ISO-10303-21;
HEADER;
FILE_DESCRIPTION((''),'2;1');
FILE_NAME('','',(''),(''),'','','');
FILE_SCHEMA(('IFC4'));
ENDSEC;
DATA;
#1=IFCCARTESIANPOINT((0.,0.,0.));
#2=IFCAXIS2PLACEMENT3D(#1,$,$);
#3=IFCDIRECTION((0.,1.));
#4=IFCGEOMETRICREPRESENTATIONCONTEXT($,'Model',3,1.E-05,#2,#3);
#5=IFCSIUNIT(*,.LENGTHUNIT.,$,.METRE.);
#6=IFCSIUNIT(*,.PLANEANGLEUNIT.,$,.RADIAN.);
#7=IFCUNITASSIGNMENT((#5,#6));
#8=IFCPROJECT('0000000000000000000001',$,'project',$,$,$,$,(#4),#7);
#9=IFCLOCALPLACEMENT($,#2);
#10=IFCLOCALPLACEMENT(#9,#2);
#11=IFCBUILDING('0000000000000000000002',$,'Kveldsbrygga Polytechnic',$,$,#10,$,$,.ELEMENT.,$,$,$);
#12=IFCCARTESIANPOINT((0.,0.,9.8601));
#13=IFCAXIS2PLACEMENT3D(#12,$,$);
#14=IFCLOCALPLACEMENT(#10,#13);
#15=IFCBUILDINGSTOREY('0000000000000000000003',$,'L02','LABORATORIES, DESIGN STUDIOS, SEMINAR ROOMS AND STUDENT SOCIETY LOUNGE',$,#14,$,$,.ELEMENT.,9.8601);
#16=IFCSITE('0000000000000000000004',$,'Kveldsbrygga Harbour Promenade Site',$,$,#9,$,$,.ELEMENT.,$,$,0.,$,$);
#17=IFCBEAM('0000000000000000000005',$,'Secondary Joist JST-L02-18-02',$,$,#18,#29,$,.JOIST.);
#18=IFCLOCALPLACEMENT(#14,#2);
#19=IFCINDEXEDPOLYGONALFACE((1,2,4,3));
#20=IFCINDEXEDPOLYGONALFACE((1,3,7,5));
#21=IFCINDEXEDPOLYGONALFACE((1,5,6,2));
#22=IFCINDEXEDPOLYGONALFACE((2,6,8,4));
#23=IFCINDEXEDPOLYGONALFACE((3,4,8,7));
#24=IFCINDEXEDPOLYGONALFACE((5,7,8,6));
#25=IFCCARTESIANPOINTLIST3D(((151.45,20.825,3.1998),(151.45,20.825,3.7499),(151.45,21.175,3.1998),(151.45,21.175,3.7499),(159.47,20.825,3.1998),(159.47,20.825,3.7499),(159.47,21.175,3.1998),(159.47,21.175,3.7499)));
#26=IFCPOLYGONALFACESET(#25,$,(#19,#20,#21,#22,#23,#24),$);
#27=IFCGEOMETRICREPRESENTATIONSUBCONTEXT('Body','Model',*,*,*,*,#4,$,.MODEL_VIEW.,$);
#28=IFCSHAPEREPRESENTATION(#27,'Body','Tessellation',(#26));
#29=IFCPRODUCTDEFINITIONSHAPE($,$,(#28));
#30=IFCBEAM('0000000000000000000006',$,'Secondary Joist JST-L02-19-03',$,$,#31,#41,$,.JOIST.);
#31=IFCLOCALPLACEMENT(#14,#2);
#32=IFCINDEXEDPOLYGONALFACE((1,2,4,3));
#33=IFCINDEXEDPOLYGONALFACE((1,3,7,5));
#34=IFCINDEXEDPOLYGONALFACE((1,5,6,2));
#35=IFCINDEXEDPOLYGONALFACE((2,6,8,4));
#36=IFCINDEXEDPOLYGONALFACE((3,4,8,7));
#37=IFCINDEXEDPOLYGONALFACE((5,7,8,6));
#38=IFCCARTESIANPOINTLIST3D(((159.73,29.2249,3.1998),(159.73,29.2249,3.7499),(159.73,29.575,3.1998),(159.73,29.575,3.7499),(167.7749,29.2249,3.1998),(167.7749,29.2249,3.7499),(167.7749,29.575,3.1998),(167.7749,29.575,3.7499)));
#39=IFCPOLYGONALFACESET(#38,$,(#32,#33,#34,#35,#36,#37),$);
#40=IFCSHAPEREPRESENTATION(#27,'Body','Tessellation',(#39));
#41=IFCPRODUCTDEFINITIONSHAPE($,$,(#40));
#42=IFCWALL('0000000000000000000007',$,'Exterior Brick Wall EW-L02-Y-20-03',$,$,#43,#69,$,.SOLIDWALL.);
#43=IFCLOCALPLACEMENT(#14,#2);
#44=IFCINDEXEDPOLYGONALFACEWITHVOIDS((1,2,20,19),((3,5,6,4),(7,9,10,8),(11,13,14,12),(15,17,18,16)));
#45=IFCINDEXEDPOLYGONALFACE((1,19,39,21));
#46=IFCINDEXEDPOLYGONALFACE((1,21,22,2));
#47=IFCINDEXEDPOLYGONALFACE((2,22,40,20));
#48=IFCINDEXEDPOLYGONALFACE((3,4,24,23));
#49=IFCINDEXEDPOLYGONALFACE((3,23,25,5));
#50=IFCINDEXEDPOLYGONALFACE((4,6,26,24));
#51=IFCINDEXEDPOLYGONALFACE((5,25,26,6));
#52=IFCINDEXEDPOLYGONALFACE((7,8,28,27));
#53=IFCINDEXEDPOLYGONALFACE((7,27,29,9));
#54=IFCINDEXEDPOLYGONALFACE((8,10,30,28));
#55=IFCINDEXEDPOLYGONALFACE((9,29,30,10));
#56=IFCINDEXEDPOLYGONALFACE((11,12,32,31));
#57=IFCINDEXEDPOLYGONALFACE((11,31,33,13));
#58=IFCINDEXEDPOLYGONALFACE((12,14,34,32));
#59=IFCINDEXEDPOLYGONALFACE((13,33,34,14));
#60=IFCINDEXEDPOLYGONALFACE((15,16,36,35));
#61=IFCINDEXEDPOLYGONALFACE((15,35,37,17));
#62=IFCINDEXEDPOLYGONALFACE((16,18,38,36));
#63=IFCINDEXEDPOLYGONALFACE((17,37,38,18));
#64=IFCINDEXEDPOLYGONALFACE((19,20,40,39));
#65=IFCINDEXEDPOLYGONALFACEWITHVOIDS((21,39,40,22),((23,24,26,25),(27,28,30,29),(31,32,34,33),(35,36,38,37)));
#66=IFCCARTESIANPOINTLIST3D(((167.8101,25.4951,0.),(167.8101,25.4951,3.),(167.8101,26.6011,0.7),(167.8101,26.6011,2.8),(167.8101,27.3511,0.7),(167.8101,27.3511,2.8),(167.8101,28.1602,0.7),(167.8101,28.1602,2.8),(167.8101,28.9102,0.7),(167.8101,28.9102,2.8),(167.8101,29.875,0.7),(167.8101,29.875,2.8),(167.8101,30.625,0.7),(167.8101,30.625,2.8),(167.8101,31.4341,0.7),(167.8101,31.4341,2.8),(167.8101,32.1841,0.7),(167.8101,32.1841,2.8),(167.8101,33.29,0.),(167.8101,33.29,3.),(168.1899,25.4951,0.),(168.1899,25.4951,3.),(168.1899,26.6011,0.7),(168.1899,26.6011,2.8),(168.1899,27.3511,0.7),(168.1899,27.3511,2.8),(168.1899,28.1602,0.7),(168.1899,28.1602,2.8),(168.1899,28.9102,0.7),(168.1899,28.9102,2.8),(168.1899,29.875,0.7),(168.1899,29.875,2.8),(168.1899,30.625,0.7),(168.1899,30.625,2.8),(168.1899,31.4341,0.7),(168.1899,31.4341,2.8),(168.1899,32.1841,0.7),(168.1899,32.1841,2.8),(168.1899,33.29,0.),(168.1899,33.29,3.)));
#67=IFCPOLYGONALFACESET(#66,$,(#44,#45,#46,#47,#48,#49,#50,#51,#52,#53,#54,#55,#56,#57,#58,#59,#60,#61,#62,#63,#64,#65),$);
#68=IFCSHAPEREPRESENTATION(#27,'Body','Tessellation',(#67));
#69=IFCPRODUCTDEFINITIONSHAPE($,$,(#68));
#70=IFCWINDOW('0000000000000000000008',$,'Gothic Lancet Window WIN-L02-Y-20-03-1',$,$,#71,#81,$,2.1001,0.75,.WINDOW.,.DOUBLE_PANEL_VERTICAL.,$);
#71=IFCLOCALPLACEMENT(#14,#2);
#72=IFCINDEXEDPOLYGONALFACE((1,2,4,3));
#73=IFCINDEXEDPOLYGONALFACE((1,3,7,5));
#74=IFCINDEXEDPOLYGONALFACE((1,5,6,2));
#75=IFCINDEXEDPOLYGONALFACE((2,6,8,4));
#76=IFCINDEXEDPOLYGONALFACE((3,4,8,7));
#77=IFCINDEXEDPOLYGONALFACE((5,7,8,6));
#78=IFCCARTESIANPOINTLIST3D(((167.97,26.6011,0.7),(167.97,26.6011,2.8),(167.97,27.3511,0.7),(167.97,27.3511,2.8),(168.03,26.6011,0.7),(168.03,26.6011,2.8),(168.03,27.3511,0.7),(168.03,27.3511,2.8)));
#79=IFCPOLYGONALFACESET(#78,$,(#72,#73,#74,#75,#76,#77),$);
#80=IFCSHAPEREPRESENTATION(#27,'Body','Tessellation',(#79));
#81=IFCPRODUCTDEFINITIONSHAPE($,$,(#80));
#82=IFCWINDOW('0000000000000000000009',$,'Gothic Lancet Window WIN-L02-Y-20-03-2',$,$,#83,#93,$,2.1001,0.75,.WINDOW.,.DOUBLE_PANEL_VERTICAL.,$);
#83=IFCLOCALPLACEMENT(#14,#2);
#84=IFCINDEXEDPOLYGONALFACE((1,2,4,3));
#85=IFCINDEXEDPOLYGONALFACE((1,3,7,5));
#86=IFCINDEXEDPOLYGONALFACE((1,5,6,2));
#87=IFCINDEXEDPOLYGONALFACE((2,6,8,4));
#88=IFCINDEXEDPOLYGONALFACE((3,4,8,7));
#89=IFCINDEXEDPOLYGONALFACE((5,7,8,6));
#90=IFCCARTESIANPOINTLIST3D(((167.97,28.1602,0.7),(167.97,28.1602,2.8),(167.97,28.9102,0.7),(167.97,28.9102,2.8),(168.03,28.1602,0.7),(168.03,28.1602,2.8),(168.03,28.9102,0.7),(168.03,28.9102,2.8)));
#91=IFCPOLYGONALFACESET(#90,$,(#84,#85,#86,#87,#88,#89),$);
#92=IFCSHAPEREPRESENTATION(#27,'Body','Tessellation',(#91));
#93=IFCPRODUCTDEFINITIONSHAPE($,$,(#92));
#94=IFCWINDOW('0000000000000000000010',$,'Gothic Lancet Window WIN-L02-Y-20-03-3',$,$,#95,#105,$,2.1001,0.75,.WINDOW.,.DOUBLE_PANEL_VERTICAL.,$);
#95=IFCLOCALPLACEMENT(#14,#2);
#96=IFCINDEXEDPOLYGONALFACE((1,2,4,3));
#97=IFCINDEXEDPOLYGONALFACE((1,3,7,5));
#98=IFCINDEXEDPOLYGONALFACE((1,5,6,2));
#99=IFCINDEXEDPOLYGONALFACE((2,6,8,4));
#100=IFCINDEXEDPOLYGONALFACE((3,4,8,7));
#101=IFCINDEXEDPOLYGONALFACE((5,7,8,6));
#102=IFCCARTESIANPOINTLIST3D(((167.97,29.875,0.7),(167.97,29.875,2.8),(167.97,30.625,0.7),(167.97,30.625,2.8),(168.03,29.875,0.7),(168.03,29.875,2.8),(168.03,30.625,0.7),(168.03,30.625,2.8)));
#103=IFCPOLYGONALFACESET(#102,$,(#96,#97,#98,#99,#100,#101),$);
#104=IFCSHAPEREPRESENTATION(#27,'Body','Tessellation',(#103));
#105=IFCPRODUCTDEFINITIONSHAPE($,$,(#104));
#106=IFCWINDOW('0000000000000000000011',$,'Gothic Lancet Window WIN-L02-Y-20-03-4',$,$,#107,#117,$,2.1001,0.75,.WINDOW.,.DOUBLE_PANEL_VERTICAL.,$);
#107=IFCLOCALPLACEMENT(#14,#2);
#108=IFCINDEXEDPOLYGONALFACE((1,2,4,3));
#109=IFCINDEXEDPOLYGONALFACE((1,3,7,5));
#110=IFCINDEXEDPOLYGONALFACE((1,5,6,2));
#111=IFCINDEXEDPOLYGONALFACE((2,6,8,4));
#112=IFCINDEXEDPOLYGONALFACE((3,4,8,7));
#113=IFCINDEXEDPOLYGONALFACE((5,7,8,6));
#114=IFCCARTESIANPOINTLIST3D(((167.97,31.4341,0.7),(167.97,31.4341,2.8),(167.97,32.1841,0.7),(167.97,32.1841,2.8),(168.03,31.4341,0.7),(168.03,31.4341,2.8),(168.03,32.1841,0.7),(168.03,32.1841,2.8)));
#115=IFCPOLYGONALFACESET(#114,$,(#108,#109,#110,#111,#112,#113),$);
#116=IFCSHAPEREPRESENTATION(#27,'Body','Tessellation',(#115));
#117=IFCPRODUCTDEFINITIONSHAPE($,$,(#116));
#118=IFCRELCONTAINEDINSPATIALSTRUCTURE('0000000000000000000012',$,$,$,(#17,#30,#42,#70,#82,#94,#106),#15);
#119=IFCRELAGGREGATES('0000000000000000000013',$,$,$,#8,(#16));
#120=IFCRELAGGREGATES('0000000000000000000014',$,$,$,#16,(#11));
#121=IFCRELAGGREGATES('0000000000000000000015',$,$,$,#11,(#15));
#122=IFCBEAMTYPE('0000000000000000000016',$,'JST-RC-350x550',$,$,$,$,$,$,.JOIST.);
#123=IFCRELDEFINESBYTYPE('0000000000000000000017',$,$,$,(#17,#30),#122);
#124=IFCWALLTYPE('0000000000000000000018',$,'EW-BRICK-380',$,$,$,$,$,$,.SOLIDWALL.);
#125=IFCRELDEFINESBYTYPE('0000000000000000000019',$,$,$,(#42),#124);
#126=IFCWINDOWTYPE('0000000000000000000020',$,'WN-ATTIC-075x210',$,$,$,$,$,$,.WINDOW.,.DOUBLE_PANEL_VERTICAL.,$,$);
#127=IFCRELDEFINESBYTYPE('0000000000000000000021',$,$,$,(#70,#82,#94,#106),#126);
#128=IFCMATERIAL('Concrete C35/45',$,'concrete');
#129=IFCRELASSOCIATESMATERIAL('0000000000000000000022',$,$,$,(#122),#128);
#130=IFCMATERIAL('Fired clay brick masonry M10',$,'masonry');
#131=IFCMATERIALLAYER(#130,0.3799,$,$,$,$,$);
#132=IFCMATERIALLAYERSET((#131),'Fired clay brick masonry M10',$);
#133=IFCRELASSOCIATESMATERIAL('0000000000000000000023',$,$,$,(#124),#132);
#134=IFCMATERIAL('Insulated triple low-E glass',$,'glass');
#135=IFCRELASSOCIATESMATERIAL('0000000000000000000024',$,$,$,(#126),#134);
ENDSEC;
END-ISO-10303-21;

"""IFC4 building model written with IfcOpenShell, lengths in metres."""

from ifc_helpers import new_model, si_unit, direction, frame, frame_2d, origin, origin_2d, place, context, subcontext, project, spatial, rectangle, extrude, material, layer, layer_set, material_profile, profile_set, type_object, element, fill, save


model = new_model("IFC4")

# Units and contexts
model_context = context("Model", 3, precision=1e-05, world=origin(), true_north=direction((0.0, 1.0)))
body_context = subcontext(model_context, "Body", "Model", "MODEL_VIEW")
ifc_project = project(units=[si_unit("LENGTHUNIT", "METRE"), si_unit("PLANEANGLEUNIT", "RADIAN")], contexts=[model_context])

# Site, building, storey
site_placement = place(None, origin())
site = spatial("IfcSite", under=ifc_project, at=site_placement, Name="Kveldsbrygga Harbour Promenade Site", CompositionType="ELEMENT", RefElevation=0.0)
building_placement = place(site_placement, origin())
building = spatial("IfcBuilding", under=site, at=building_placement, Name="Kveldsbrygga Polytechnic", CompositionType="ELEMENT")
storey_placement = place(building_placement, frame((0.0, 0.0, 9.8601)))
storey = spatial("IfcBuildingStorey", under=building, at=storey_placement, Name="L02", Description="LABORATORIES, DESIGN STUDIOS, SEMINAR ROOMS AND STUDENT SOCIETY LOUNGE", CompositionType="ELEMENT", Elevation=9.8601)

# Beams
ifc_material_1 = material(Name="Concrete C35/45", Category="concrete")
ifc_material_profile_1 = material_profile(ifc_material_1, rectangle(XDim=0.3501, YDim=0.55, at=origin_2d()), Name="RC 350x550")
ifc_profile_set_1 = profile_set([ifc_material_profile_1], Name="Concrete C35/45")
beam_type_1 = type_object("IfcBeamType", Name="JST-RC-350x550", PredefinedType="JOIST", material=ifc_profile_set_1)
beam_1_placement = place(storey_placement, frame((151.45, 21.0, 3.4749), z_axis=(1.0, 0.0, 0.0), x_axis=(0.0, 1.0, 0.0)))
element("IfcBeam", 1, at=beam_1_placement, inside=storey, type_object=beam_type_1, Name="Secondary Joist JST-L02-18-02", PredefinedType="JOIST", context=body_context, shape_type="SweptSolid", body=[
    extrude(rectangle(XDim=0.3501, YDim=0.55, at=origin_2d()), origin(), (0.0, 0.0, 1.0), 8.02),
])
beam_2_placement = place(storey_placement, frame((159.73, 29.3999, 3.4749), z_axis=(1.0, 0.0, 0.0), x_axis=(0.0, 1.0, 0.0)))
element("IfcBeam", 2, at=beam_2_placement, inside=storey, type_object=beam_type_1, Name="Secondary Joist JST-L02-19-03", PredefinedType="JOIST", context=body_context, shape_type="SweptSolid", body=[
    extrude(rectangle(XDim=0.3501, YDim=0.55, at=origin_2d()), origin(), (0.0, 0.0, 1.0), 8.0449),
])

# Wall, openings, windows
ifc_material_2 = material(Name="Fired clay brick masonry M10", Category="masonry")
ifc_layer_1 = layer(ifc_material_2, 0.3799)
ifc_layer_set_1 = layer_set([ifc_layer_1], Name="Fired clay brick masonry M10")
wall_type_1 = type_object("IfcWallType", Name="EW-BRICK-380", PredefinedType="SOLIDWALL", material=ifc_layer_set_1)
wall_1_placement = place(storey_placement, frame((168.0, 25.4951, 0.0), z_axis=(0.0, 0.0, 1.0), x_axis=(0.0, 1.0, 0.0)))
wall_1 = element("IfcWall", 3, at=wall_1_placement, inside=storey, type_object=wall_type_1, Name="Exterior Brick Wall EW-L02-Y-20-03", PredefinedType="SOLIDWALL", context=body_context, shape_type="SweptSolid", body=[
    extrude(rectangle(XDim=7.7949, YDim=0.3799, at=frame_2d((3.8975, 0.0))), origin(), (0.0, 0.0, 1.0), 3.0),
])
opening_1_placement = place(wall_1_placement, frame((1.106, 0.0, 0.7)))
opening_1 = element("IfcOpeningElement", 4, at=opening_1_placement, cuts=wall_1, PredefinedType="OPENING", context=body_context, shape_type="SweptSolid", body=[
    extrude(rectangle(XDim=0.75, YDim=2.1001, at=frame_2d((0.375, 1.05))), frame((0.0, 0.2, 0.0), z_axis=(0.0, -1.0, 0.0), x_axis=(1.0, 0.0, 0.0)), (0.0, 0.0, 1.0), 0.3999),
])
opening_2_placement = place(wall_1_placement, frame((2.665, 0.0, 0.7)))
opening_2 = element("IfcOpeningElement", 5, at=opening_2_placement, cuts=wall_1, PredefinedType="OPENING", context=body_context, shape_type="SweptSolid", body=[
    extrude(rectangle(XDim=0.75, YDim=2.1001, at=frame_2d((0.375, 1.05))), frame((0.0, 0.2, 0.0), z_axis=(0.0, -1.0, 0.0), x_axis=(1.0, 0.0, 0.0)), (0.0, 0.0, 1.0), 0.3999),
])
opening_3_placement = place(wall_1_placement, frame((4.3799, 0.0, 0.7)))
opening_3 = element("IfcOpeningElement", 6, at=opening_3_placement, cuts=wall_1, PredefinedType="OPENING", context=body_context, shape_type="SweptSolid", body=[
    extrude(rectangle(XDim=0.75, YDim=2.1001, at=frame_2d((0.375, 1.05))), frame((0.0, 0.2, 0.0), z_axis=(0.0, -1.0, 0.0), x_axis=(1.0, 0.0, 0.0)), (0.0, 0.0, 1.0), 0.3999),
])
opening_4_placement = place(wall_1_placement, frame((5.939, 0.0, 0.7)))
opening_4 = element("IfcOpeningElement", 7, at=opening_4_placement, cuts=wall_1, PredefinedType="OPENING", context=body_context, shape_type="SweptSolid", body=[
    extrude(rectangle(XDim=0.75, YDim=2.1001, at=frame_2d((0.375, 1.05))), frame((0.0, 0.2, 0.0), z_axis=(0.0, -1.0, 0.0), x_axis=(1.0, 0.0, 0.0)), (0.0, 0.0, 1.0), 0.3999),
])
ifc_material_3 = material(Name="Insulated triple low-E glass", Category="glass")
window_type = type_object("IfcWindowType", Name="WN-ATTIC-075x210", PartitioningType="DOUBLE_PANEL_VERTICAL", PredefinedType="WINDOW", material=ifc_material_3)
window_1_placement = place(opening_1_placement, origin())
window_1 = element("IfcWindow", 8, at=window_1_placement, inside=storey, type_object=window_type, Name="Gothic Lancet Window WIN-L02-Y-20-03-1", OverallHeight=2.1001, OverallWidth=0.75, PartitioningType="DOUBLE_PANEL_VERTICAL", PredefinedType="WINDOW", context=body_context, shape_type="SweptSolid", body=[
    extrude(rectangle(XDim=0.75, YDim=2.1001, at=frame_2d((0.375, 1.05))), frame((0.0, 0.03, 0.0), z_axis=(0.0, -1.0, 0.0), x_axis=(1.0, 0.0, 0.0)), (0.0, 0.0, 1.0), 0.0601),
])
fill(opening_1, window_1)
window_2_placement = place(opening_2_placement, origin())
window_2 = element("IfcWindow", 9, at=window_2_placement, inside=storey, type_object=window_type, Name="Gothic Lancet Window WIN-L02-Y-20-03-2", OverallHeight=2.1001, OverallWidth=0.75, PartitioningType="DOUBLE_PANEL_VERTICAL", PredefinedType="WINDOW", context=body_context, shape_type="SweptSolid", body=[
    extrude(rectangle(XDim=0.75, YDim=2.1001, at=frame_2d((0.375, 1.05))), frame((0.0, 0.03, 0.0), z_axis=(0.0, -1.0, 0.0), x_axis=(1.0, 0.0, 0.0)), (0.0, 0.0, 1.0), 0.0601),
])
fill(opening_2, window_2)
window_3_placement = place(opening_3_placement, origin())
window_3 = element("IfcWindow", 10, at=window_3_placement, inside=storey, type_object=window_type, Name="Gothic Lancet Window WIN-L02-Y-20-03-3", OverallHeight=2.1001, OverallWidth=0.75, PartitioningType="DOUBLE_PANEL_VERTICAL", PredefinedType="WINDOW", context=body_context, shape_type="SweptSolid", body=[
    extrude(rectangle(XDim=0.75, YDim=2.1001, at=frame_2d((0.375, 1.05))), frame((0.0, 0.03, 0.0), z_axis=(0.0, -1.0, 0.0), x_axis=(1.0, 0.0, 0.0)), (0.0, 0.0, 1.0), 0.0601),
])
fill(opening_3, window_3)
window_4_placement = place(opening_4_placement, origin())
window_4 = element("IfcWindow", 11, at=window_4_placement, inside=storey, type_object=window_type, Name="Gothic Lancet Window WIN-L02-Y-20-03-4", OverallHeight=2.1001, OverallWidth=0.75, PartitioningType="DOUBLE_PANEL_VERTICAL", PredefinedType="WINDOW", context=body_context, shape_type="SweptSolid", body=[
    extrude(rectangle(XDim=0.75, YDim=2.1001, at=frame_2d((0.375, 1.05))), frame((0.0, 0.03, 0.0), z_axis=(0.0, -1.0, 0.0), x_axis=(1.0, 0.0, 0.0)), (0.0, 0.0, 1.0), 0.0601),
])
fill(opening_4, window_4)

save(model, "model.ifc")
